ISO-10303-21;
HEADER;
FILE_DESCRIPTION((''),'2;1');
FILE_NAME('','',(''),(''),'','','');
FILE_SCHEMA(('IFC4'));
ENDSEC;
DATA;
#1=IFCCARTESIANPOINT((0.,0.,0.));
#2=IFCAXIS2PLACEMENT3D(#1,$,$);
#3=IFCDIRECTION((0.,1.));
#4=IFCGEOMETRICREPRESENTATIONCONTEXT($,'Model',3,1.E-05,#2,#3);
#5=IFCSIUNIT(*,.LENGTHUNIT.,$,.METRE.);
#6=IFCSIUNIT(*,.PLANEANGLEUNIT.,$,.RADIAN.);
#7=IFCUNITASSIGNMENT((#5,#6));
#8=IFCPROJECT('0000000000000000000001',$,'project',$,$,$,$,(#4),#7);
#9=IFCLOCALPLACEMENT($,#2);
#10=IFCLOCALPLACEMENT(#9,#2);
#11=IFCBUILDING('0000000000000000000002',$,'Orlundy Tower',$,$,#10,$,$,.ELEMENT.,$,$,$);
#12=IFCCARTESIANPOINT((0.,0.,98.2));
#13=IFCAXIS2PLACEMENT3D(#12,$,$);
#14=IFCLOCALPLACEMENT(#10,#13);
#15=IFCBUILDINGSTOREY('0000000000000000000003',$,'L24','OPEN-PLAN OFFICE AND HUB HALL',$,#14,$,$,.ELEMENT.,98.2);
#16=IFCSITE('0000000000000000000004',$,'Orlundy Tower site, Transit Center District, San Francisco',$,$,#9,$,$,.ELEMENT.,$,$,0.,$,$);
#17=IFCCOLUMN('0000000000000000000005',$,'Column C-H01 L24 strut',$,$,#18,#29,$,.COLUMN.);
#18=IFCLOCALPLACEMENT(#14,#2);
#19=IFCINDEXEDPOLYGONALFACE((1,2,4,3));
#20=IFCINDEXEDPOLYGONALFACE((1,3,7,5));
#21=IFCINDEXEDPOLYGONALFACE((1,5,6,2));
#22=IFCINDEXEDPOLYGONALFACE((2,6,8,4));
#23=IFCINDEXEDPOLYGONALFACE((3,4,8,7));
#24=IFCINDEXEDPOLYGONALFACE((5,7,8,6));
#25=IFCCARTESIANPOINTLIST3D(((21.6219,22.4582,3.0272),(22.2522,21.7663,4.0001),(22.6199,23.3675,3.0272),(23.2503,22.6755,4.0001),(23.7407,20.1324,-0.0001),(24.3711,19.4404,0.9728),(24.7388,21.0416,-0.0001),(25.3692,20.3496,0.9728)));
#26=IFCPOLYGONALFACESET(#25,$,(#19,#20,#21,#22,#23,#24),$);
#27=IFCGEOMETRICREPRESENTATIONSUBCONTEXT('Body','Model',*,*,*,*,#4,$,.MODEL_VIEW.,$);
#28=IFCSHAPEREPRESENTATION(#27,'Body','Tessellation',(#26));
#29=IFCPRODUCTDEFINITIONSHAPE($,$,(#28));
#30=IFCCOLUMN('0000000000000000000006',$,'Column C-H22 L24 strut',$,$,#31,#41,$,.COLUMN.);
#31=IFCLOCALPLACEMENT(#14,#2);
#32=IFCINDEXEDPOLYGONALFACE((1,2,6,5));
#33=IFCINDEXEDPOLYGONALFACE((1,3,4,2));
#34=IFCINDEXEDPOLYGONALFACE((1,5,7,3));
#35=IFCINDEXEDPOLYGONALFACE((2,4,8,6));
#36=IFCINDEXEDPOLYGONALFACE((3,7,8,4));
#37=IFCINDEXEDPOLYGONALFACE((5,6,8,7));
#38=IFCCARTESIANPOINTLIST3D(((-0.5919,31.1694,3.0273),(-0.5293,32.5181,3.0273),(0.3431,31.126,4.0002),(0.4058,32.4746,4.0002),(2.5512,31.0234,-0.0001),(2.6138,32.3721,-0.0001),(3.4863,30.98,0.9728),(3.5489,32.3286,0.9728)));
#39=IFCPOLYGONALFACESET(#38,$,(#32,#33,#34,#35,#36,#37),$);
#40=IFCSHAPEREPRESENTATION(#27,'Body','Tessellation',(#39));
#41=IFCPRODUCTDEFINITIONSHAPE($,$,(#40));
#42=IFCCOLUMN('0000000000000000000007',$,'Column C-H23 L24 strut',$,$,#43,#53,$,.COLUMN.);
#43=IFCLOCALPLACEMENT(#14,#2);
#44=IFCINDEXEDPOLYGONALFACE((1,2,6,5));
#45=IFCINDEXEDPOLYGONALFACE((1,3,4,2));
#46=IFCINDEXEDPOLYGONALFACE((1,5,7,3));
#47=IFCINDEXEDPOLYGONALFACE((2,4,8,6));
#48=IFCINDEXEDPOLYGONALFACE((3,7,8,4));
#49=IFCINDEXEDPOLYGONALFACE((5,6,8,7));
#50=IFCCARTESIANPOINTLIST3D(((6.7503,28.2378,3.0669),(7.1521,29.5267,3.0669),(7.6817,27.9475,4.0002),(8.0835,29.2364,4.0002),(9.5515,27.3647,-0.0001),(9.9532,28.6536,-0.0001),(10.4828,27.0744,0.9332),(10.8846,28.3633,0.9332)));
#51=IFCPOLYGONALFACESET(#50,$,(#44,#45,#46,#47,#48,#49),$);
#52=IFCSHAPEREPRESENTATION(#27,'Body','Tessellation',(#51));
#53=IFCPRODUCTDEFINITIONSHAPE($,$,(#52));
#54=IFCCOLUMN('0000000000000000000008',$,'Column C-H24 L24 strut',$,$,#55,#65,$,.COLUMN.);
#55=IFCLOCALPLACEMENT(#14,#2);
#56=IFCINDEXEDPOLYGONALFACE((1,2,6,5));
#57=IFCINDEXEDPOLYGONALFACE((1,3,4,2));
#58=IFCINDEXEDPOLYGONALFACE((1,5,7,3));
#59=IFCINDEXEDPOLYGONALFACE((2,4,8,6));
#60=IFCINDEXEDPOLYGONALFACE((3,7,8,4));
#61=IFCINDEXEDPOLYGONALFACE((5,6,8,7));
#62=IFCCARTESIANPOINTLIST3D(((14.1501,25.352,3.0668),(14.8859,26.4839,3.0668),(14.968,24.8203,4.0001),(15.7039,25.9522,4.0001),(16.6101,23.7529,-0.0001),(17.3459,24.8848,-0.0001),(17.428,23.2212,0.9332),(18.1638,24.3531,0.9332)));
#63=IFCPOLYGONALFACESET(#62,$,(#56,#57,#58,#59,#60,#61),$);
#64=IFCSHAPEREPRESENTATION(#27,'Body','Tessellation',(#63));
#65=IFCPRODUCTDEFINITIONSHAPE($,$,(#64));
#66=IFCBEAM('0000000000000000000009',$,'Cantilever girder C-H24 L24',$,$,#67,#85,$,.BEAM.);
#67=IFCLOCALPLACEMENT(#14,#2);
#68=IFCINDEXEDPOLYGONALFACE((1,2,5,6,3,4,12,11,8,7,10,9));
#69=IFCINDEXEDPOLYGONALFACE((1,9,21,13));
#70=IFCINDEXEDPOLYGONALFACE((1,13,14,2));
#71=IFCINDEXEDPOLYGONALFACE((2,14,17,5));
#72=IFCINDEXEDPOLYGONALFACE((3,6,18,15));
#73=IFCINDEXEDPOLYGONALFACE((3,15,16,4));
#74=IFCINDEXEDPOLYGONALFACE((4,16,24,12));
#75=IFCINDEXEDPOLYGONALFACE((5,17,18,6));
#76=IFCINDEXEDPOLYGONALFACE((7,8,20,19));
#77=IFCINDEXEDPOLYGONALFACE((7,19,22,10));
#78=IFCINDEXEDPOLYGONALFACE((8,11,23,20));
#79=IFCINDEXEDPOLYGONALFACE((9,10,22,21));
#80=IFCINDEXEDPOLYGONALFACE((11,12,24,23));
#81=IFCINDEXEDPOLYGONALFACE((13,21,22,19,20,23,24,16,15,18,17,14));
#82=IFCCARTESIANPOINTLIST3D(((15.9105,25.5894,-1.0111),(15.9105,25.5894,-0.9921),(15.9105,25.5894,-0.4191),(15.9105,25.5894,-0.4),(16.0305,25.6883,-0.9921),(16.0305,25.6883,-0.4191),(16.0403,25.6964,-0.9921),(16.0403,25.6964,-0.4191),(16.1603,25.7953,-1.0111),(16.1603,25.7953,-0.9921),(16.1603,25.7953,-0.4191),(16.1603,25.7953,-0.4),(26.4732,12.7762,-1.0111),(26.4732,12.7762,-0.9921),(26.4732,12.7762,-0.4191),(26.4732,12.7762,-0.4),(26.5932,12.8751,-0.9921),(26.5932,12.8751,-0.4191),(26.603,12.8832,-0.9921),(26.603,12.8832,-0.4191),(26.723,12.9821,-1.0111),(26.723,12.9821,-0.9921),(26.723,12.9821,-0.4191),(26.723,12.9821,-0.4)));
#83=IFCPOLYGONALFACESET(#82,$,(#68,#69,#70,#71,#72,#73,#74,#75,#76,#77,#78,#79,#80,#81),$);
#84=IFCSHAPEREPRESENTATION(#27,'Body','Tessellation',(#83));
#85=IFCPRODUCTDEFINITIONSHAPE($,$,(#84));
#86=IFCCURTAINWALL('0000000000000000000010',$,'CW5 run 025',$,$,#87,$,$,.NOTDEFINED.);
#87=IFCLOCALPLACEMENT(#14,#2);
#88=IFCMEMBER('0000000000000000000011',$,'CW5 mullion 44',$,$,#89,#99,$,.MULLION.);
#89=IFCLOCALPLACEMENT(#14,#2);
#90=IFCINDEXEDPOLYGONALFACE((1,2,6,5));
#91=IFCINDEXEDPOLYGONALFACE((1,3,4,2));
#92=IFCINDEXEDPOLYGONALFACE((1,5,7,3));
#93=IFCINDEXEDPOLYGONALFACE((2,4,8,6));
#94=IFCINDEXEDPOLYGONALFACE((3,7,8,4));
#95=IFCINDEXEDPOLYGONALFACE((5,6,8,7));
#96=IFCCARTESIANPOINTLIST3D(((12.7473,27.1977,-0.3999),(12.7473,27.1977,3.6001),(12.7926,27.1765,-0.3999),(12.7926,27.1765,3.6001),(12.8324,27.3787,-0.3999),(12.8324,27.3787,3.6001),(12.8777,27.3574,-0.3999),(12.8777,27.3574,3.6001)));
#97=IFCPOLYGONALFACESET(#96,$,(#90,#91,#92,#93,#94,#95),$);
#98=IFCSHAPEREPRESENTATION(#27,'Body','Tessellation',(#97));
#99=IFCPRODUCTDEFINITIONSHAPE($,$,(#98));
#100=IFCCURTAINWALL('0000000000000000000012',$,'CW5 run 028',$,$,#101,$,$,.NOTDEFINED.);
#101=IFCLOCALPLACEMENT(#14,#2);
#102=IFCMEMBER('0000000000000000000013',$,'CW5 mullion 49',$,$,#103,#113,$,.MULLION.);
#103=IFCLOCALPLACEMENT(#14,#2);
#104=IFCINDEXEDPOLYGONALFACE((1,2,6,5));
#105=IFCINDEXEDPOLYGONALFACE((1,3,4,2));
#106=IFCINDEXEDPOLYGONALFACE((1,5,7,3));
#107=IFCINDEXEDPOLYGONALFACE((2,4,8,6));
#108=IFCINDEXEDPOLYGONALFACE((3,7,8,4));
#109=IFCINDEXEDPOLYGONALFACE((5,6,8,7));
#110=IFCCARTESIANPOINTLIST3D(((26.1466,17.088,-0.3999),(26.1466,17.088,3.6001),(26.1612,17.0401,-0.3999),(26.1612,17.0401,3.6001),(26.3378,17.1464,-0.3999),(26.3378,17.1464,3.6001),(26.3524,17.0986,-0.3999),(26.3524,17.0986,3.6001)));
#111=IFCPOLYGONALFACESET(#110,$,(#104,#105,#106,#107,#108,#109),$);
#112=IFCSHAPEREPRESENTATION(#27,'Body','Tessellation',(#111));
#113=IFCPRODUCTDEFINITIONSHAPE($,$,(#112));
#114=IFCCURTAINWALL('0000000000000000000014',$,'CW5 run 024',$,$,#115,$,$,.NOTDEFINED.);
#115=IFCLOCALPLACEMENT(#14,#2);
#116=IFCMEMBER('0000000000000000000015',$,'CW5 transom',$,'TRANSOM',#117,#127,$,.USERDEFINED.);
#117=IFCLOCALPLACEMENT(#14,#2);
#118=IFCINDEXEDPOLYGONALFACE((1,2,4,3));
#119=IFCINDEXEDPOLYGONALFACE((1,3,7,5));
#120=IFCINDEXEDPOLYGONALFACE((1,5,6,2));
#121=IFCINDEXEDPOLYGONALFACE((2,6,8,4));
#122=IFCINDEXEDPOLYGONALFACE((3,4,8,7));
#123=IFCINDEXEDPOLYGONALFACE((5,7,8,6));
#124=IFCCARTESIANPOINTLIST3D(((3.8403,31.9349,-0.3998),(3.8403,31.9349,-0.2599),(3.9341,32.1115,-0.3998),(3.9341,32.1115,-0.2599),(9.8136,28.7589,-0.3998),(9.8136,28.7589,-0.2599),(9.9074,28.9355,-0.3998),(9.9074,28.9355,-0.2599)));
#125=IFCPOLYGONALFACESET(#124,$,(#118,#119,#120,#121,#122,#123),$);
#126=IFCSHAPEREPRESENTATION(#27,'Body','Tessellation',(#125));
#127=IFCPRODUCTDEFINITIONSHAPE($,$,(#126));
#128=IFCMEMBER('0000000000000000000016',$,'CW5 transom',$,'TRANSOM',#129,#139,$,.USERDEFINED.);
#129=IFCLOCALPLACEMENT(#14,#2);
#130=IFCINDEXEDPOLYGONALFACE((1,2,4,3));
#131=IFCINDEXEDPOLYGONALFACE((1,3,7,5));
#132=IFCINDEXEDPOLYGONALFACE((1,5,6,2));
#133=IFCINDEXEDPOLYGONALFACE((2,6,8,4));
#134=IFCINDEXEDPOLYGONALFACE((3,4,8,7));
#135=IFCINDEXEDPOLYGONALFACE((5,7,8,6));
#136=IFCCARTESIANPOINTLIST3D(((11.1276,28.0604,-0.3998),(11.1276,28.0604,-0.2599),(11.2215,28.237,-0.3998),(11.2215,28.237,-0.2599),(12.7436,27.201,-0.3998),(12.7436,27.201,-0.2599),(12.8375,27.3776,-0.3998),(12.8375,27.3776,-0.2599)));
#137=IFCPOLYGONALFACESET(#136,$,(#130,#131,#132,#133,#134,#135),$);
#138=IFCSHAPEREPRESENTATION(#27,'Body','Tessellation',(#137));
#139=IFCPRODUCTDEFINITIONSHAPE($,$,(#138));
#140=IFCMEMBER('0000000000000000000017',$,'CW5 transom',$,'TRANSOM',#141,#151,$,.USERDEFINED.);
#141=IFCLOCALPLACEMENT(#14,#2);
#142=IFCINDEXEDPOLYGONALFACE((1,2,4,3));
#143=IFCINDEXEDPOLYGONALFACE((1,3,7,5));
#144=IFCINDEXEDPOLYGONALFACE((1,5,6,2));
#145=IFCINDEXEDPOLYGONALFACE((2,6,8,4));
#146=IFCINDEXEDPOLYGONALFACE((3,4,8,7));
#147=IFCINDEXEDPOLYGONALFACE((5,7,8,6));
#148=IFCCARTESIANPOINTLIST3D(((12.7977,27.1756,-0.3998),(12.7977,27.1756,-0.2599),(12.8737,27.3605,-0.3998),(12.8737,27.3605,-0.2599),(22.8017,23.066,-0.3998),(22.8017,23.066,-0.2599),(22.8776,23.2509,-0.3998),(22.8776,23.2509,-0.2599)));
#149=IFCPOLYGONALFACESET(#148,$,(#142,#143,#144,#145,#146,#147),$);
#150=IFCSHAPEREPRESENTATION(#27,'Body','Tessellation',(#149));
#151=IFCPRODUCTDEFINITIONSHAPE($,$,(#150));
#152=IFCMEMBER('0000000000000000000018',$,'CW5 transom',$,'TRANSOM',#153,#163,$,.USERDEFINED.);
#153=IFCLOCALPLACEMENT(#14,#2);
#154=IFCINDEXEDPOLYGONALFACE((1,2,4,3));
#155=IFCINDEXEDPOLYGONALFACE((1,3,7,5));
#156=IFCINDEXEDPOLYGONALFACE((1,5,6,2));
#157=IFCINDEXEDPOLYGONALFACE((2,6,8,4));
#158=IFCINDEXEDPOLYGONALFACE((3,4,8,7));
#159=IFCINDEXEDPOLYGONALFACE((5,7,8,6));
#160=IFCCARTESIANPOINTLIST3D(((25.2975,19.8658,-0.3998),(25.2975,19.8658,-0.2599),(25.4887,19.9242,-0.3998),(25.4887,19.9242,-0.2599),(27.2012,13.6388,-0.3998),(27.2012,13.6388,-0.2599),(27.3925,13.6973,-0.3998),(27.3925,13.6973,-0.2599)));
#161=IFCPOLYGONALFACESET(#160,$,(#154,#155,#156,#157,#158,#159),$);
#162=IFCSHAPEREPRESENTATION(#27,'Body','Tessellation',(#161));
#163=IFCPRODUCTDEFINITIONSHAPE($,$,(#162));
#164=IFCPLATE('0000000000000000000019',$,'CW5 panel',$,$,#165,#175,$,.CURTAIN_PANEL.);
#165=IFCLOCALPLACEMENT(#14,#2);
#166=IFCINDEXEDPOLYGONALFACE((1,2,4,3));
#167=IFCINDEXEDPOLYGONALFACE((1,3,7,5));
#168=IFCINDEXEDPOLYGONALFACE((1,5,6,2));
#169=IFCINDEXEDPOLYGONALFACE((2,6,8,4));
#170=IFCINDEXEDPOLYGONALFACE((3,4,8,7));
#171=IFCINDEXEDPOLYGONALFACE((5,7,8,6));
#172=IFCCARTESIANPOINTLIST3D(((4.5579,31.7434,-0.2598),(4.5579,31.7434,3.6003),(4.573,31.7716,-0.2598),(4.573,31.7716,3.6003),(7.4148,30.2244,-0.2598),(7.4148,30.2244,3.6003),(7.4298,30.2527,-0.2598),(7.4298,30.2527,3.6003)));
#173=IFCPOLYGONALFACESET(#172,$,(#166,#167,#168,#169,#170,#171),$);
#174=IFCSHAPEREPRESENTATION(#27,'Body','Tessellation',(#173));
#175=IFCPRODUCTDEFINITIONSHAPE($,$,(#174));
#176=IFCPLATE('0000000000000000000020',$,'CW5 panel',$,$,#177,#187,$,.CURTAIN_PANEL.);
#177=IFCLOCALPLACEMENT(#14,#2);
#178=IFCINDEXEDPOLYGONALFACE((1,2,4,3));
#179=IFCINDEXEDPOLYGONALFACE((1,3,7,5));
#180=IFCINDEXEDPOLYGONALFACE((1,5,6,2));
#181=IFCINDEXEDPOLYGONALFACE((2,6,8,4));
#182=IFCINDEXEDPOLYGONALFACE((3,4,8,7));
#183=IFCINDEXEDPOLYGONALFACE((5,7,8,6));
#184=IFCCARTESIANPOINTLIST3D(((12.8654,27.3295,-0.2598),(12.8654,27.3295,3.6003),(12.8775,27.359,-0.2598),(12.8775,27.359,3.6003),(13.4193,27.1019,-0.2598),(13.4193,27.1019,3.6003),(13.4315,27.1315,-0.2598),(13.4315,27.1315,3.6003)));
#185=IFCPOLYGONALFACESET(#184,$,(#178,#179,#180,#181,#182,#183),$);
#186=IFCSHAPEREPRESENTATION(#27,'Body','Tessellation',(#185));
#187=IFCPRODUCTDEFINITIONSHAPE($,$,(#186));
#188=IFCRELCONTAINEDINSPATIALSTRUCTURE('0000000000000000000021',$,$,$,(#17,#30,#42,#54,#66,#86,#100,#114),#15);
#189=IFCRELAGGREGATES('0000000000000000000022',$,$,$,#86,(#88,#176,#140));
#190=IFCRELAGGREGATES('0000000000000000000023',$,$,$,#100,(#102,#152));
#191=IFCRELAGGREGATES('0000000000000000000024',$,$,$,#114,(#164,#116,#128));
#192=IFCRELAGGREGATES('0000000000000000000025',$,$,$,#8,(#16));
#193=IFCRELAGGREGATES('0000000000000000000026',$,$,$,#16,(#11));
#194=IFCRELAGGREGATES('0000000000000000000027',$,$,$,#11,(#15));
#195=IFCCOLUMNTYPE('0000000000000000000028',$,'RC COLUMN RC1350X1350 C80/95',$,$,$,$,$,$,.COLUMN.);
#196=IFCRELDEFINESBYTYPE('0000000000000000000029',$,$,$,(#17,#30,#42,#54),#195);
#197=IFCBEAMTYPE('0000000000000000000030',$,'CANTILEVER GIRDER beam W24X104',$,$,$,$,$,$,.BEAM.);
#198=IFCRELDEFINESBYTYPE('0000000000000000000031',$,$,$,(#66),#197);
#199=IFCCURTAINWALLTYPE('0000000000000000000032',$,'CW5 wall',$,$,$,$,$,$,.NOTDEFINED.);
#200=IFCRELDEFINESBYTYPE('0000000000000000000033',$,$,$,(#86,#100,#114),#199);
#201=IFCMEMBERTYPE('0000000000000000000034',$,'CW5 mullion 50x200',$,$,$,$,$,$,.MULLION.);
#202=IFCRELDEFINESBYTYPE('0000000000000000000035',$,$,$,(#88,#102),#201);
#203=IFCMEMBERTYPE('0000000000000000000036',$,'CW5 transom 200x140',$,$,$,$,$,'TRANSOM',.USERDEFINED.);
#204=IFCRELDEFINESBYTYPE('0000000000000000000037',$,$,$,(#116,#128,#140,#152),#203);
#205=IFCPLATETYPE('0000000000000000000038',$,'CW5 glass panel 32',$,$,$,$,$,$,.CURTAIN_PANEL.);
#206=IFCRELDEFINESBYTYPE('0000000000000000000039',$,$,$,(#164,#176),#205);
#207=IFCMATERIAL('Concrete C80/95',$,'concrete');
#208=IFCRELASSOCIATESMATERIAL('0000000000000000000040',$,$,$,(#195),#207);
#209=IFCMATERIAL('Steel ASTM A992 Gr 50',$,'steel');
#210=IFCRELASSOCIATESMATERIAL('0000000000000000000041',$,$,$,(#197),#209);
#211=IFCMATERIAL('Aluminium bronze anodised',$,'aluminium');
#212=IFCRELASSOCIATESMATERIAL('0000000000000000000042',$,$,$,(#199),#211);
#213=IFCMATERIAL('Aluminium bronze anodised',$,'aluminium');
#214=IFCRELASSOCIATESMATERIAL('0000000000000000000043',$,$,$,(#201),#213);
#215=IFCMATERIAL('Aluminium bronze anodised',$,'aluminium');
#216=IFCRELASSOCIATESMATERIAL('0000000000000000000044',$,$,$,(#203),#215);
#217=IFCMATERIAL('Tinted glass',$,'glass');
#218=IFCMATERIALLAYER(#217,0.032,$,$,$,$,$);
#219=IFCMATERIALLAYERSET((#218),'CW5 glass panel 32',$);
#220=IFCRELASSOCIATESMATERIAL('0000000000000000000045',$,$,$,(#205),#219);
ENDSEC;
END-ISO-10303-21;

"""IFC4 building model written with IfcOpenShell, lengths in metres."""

from ifc_helpers import new_model, si_unit, direction, frame, origin, origin_2d, place, context, subcontext, project, spatial, rectangle, i_section, extrude, material, layer, layer_set, material_profile, profile_set, type_object, element, aggregate, save


model = new_model("IFC4")

# Units and contexts
model_context = context("Model", 3, precision=1e-05, world=origin(), true_north=direction((0.0, 1.0)))
body_context = subcontext(model_context, "Body", "Model", "MODEL_VIEW")
ifc_project = project(units=[si_unit("LENGTHUNIT", "METRE"), si_unit("PLANEANGLEUNIT", "RADIAN")], contexts=[model_context])

# Site, building, storey
site_placement = place(None, origin())
site = spatial("IfcSite", under=ifc_project, at=site_placement, Name="Orlundy Tower site, Transit Center District, San Francisco", CompositionType="ELEMENT", RefElevation=0.0)
building_placement = place(site_placement, origin())
building = spatial("IfcBuilding", under=site, at=building_placement, Name="Orlundy Tower", CompositionType="ELEMENT")
storey_placement = place(building_placement, frame((0.0, 0.0, 98.2)))
storey = spatial("IfcBuildingStorey", under=building, at=storey_placement, Name="L24", Description="OPEN-PLAN OFFICE AND HUB HALL", CompositionType="ELEMENT", Elevation=98.2)

# Columns
ifc_material_1 = material(Name="Concrete C80/95", Category="concrete")
ifc_material_profile_1 = material_profile(ifc_material_1, rectangle(XDim=1.3501, YDim=1.3501, at=origin_2d()), Name="RC1350X1350")
ifc_profile_set_1 = profile_set([ifc_material_profile_1], Name="Concrete C80/95")
column_type = type_object("IfcColumnType", Name="RC COLUMN RC1350X1350 C80/95", PredefinedType="COLUMN", material=ifc_profile_set_1)
column_1_placement = place(storey_placement, frame((24.5549, 20.241, 0.4863), z_axis=(-0.485286, 0.532701, 0.693345), x_axis=(-0.739241, -0.673441, 0.0)))
element("IfcColumn", 1, at=column_1_placement, inside=storey, type_object=column_type, Name="Column C-H01 L24 strut", PredefinedType="COLUMN", context=body_context, shape_type="SweptSolid", body=[
    extrude(rectangle(XDim=1.3501, YDim=1.3501, at=origin_2d()), origin(), (0.0, 0.0, 1.0), 4.3662),
])
column_2_placement = place(storey_placement, frame((3.05, 31.676, 0.4863), z_axis=(-0.719839, 0.033437, 0.693335), x_axis=(-0.0464, -0.998923, 0.0)))
element("IfcColumn", 2, at=column_2_placement, inside=storey, type_object=column_type, Name="Column C-H22 L24 strut", PredefinedType="COLUMN", context=body_context, shape_type="SweptSolid", body=[
    extrude(rectangle(XDim=1.3501, YDim=1.3501, at=origin_2d()), origin(), (0.0, 0.0, 1.0), 4.3665),
])
for number, where, z_axis, x_axis, name in (
    (3, (10.218, 27.864, 0.4666), (-0.659955, 0.2057, 0.722597), (-0.297569, -0.9547, 0.0), "Column C-H23 L24 strut"),
    (4, (17.387, 24.053, 0.4666), (-0.579586, 0.376765, 0.722584), (-0.545023, -0.838421, 0.0), "Column C-H24 L24 strut"),
):
    element("IfcColumn", number, at=place(storey_placement, frame(where, z_axis=z_axis, x_axis=x_axis)), inside=storey, type_object=column_type, Name=name, PredefinedType="COLUMN", context=body_context, shape_type="SweptSolid", body=[
        extrude(rectangle(XDim=1.3501, YDim=1.3501, at=origin_2d()), origin(), (0.0, 0.0, 1.0), 4.2444),
    ])

# Beam
ifc_material_2 = material(Name="Steel ASTM A992 Gr 50", Category="steel")
ifc_material_profile_2 = material_profile(ifc_material_2, i_section(OverallWidth=0.3237, OverallDepth=0.6111, WebThickness=0.0127, FlangeThickness=0.019, at=origin_2d()), Name="W24X104")
ifc_profile_set_2 = profile_set([ifc_material_profile_2], Name="Steel ASTM A992 Gr 50")
beam_type = type_object("IfcBeamType", Name="CANTILEVER GIRDER beam W24X104", PredefinedType="BEAM", material=ifc_profile_set_2)
beam_placement = place(storey_placement, frame((16.0354, 25.6924, -0.7056), z_axis=(0.63609, -0.771615, 0.0), x_axis=(0.771615, 0.63609, 0.0)))
element("IfcBeam", 5, at=beam_placement, inside=storey, type_object=beam_type, Name="Cantilever girder C-H24 L24", PredefinedType="BEAM", context=body_context, shape_type="SweptSolid", body=[
    extrude(i_section(OverallWidth=0.3237, OverallDepth=0.6111, WebThickness=0.0127, FlangeThickness=0.019, at=origin_2d()), origin(), (0.0, 0.0, 1.0), 16.6057),
])

# Curtain walls, members
ifc_material_3 = material(Name="Aluminium bronze anodised", Category="aluminium")
curtain_wall_type = type_object("IfcCurtainWallType", Name="CW5 wall", PredefinedType="NOTDEFINED", material=ifc_material_3)
curtain_wall_1_placement = place(storey_placement, origin())
curtain_wall_1 = element("IfcCurtainWall", 6, at=curtain_wall_1_placement, inside=storey, type_object=curtain_wall_type, Name="CW5 run 025", PredefinedType="NOTDEFINED")
ifc_material_4 = material(Name="Aluminium bronze anodised", Category="aluminium")
ifc_material_profile_3 = material_profile(ifc_material_4, rectangle(XDim=0.2, YDim=0.05, at=origin_2d()), Name="CW5 mullion 50x200")
ifc_profile_set_3 = profile_set([ifc_material_profile_3], Name="Aluminium bronze anodised")
member_type_1 = type_object("IfcMemberType", Name="CW5 mullion 50x200", PredefinedType="MULLION", material=ifc_profile_set_3)
member_1_placement = place(storey_placement, frame((12.8125, 27.2776, -0.3999), z_axis=(0.0, 0.0, 1.0), x_axis=(0.425242, 0.90508, 0.0)))
member_1 = element("IfcMember", 7, at=member_1_placement, type_object=member_type_1, Name="CW5 mullion 44", PredefinedType="MULLION", context=body_context, shape_type="SweptSolid", body=[
    extrude(rectangle(XDim=0.2, YDim=0.05, at=origin_2d()), origin(), (0.0, 0.0, 1.0), 4.0),
])
curtain_wall_2_placement = place(storey_placement, origin())
curtain_wall_2 = element("IfcCurtainWall", 8, at=curtain_wall_2_placement, inside=storey, type_object=curtain_wall_type, Name="CW5 run 028", PredefinedType="NOTDEFINED")
member_2_placement = place(storey_placement, frame((26.2495, 17.0933, -0.3999), z_axis=(0.0, 0.0, 1.0), x_axis=(0.956296, 0.292401, 0.0)))
member_2 = element("IfcMember", 9, at=member_2_placement, type_object=member_type_1, Name="CW5 mullion 49", PredefinedType="MULLION", context=body_context, shape_type="SweptSolid", body=[
    extrude(rectangle(XDim=0.2, YDim=0.05, at=origin_2d()), origin(), (0.0, 0.0, 1.0), 4.0),
])

# Curtain wall, members
curtain_wall_3_placement = place(storey_placement, origin())
curtain_wall_3 = element("IfcCurtainWall", 10, at=curtain_wall_3_placement, inside=storey, type_object=curtain_wall_type, Name="CW5 run 024", PredefinedType="NOTDEFINED")
ifc_material_5 = material(Name="Aluminium bronze anodised", Category="aluminium")
ifc_material_profile_4 = material_profile(ifc_material_5, rectangle(XDim=0.2, YDim=0.1399, at=origin_2d()), Name="CW5 transom 200x140")
ifc_profile_set_4 = profile_set([ifc_material_profile_4], Name="Aluminium bronze anodised")
member_type_2 = type_object("IfcMemberType", Name="CW5 transom 200x140", ElementType="TRANSOM", PredefinedType="USERDEFINED", material=ifc_profile_set_4)
member_3_placement = place(storey_placement, frame((3.8872, 32.0232, -0.3298), z_axis=(0.882953, -0.469462, 0.0), x_axis=(0.469462, 0.882953, 0.0)))
member_3 = element("IfcMember", 11, at=member_3_placement, type_object=member_type_2, Name="CW5 transom", ObjectType="TRANSOM", PredefinedType="USERDEFINED", context=body_context, shape_type="SweptSolid", body=[
    extrude(rectangle(XDim=0.2, YDim=0.1399, at=origin_2d()), origin(), (0.0, 0.0, 1.0), 6.7651),
])
member_4_placement = place(storey_placement, frame((11.1746, 28.1487, -0.3298), z_axis=(0.882914, -0.469536, 0.0), x_axis=(0.469536, 0.882914, 0.0)))
member_4 = element("IfcMember", 12, at=member_4_placement, type_object=member_type_2, Name="CW5 transom", ObjectType="TRANSOM", PredefinedType="USERDEFINED", context=body_context, shape_type="SweptSolid", body=[
    extrude(rectangle(XDim=0.2, YDim=0.1399, at=origin_2d()), origin(), (0.0, 0.0, 1.0), 1.8303),
])

# Members
member_5_placement = place(storey_placement, frame((12.8357, 27.2681, -0.3298), z_axis=(0.924991, -0.379988, 0.0), x_axis=(0.379988, 0.924991, 0.0)))
member_5 = element("IfcMember", 13, at=member_5_placement, type_object=member_type_2, Name="CW5 transom", ObjectType="TRANSOM", PredefinedType="USERDEFINED", context=body_context, shape_type="SweptSolid", body=[
    extrude(rectangle(XDim=0.2, YDim=0.1399, at=origin_2d()), origin(), (0.0, 0.0, 1.0), 10.8152),
])
member_6_placement = place(storey_placement, frame((25.3931, 19.895, -0.3298), z_axis=(0.292373, -0.956304, 0.0), x_axis=(0.956304, 0.292373, 0.0)))
member_6 = element("IfcMember", 14, at=member_6_placement, type_object=member_type_2, Name="CW5 transom", ObjectType="TRANSOM", PredefinedType="USERDEFINED", context=body_context, shape_type="SweptSolid", body=[
    extrude(rectangle(XDim=0.2, YDim=0.1399, at=origin_2d()), origin(), (0.0, 0.0, 1.0), 6.5115),
])

# Plates
ifc_material_6 = material(Name="Tinted glass", Category="glass")
ifc_layer_1 = layer(ifc_material_6, 0.032)
ifc_layer_set_1 = layer_set([ifc_layer_1], Name="CW5 glass panel 32")
plate_type_1 = type_object("IfcPlateType", Name="CW5 glass panel 32", PredefinedType="CURTAIN_PANEL", material=ifc_layer_set_1)
plate_1_placement = place(storey_placement, frame((5.9939, 30.998, -0.2598), z_axis=(0.0, 0.0, 1.0), x_axis=(0.882957, -0.469454, 0.0)))
plate_1 = element("IfcPlate", 15, at=plate_1_placement, type_object=plate_type_1, Name="CW5 panel", PredefinedType="CURTAIN_PANEL", context=body_context, shape_type="SweptSolid", body=[
    extrude(rectangle(XDim=3.2356, YDim=0.032, at=origin_2d()), origin(), (0.0, 0.0, 1.0), 3.8601),
])
plate_2_placement = place(storey_placement, frame((13.1484, 27.2305, -0.2598), z_axis=(0.0, 0.0, 1.0), x_axis=(0.92499, -0.379991, 0.0)))
plate_2 = element("IfcPlate", 16, at=plate_2_placement, type_object=plate_type_1, Name="CW5 panel", PredefinedType="CURTAIN_PANEL", context=body_context, shape_type="SweptSolid", body=[
    extrude(rectangle(XDim=0.5989, YDim=0.032, at=origin_2d()), origin(), (0.0, 0.0, 1.0), 3.8601),
])
aggregate(curtain_wall_1, [member_1, plate_2, member_5])
aggregate(curtain_wall_2, [member_2, member_6])
aggregate(curtain_wall_3, [plate_1, member_3, member_4])

save(model, "model.ifc")
